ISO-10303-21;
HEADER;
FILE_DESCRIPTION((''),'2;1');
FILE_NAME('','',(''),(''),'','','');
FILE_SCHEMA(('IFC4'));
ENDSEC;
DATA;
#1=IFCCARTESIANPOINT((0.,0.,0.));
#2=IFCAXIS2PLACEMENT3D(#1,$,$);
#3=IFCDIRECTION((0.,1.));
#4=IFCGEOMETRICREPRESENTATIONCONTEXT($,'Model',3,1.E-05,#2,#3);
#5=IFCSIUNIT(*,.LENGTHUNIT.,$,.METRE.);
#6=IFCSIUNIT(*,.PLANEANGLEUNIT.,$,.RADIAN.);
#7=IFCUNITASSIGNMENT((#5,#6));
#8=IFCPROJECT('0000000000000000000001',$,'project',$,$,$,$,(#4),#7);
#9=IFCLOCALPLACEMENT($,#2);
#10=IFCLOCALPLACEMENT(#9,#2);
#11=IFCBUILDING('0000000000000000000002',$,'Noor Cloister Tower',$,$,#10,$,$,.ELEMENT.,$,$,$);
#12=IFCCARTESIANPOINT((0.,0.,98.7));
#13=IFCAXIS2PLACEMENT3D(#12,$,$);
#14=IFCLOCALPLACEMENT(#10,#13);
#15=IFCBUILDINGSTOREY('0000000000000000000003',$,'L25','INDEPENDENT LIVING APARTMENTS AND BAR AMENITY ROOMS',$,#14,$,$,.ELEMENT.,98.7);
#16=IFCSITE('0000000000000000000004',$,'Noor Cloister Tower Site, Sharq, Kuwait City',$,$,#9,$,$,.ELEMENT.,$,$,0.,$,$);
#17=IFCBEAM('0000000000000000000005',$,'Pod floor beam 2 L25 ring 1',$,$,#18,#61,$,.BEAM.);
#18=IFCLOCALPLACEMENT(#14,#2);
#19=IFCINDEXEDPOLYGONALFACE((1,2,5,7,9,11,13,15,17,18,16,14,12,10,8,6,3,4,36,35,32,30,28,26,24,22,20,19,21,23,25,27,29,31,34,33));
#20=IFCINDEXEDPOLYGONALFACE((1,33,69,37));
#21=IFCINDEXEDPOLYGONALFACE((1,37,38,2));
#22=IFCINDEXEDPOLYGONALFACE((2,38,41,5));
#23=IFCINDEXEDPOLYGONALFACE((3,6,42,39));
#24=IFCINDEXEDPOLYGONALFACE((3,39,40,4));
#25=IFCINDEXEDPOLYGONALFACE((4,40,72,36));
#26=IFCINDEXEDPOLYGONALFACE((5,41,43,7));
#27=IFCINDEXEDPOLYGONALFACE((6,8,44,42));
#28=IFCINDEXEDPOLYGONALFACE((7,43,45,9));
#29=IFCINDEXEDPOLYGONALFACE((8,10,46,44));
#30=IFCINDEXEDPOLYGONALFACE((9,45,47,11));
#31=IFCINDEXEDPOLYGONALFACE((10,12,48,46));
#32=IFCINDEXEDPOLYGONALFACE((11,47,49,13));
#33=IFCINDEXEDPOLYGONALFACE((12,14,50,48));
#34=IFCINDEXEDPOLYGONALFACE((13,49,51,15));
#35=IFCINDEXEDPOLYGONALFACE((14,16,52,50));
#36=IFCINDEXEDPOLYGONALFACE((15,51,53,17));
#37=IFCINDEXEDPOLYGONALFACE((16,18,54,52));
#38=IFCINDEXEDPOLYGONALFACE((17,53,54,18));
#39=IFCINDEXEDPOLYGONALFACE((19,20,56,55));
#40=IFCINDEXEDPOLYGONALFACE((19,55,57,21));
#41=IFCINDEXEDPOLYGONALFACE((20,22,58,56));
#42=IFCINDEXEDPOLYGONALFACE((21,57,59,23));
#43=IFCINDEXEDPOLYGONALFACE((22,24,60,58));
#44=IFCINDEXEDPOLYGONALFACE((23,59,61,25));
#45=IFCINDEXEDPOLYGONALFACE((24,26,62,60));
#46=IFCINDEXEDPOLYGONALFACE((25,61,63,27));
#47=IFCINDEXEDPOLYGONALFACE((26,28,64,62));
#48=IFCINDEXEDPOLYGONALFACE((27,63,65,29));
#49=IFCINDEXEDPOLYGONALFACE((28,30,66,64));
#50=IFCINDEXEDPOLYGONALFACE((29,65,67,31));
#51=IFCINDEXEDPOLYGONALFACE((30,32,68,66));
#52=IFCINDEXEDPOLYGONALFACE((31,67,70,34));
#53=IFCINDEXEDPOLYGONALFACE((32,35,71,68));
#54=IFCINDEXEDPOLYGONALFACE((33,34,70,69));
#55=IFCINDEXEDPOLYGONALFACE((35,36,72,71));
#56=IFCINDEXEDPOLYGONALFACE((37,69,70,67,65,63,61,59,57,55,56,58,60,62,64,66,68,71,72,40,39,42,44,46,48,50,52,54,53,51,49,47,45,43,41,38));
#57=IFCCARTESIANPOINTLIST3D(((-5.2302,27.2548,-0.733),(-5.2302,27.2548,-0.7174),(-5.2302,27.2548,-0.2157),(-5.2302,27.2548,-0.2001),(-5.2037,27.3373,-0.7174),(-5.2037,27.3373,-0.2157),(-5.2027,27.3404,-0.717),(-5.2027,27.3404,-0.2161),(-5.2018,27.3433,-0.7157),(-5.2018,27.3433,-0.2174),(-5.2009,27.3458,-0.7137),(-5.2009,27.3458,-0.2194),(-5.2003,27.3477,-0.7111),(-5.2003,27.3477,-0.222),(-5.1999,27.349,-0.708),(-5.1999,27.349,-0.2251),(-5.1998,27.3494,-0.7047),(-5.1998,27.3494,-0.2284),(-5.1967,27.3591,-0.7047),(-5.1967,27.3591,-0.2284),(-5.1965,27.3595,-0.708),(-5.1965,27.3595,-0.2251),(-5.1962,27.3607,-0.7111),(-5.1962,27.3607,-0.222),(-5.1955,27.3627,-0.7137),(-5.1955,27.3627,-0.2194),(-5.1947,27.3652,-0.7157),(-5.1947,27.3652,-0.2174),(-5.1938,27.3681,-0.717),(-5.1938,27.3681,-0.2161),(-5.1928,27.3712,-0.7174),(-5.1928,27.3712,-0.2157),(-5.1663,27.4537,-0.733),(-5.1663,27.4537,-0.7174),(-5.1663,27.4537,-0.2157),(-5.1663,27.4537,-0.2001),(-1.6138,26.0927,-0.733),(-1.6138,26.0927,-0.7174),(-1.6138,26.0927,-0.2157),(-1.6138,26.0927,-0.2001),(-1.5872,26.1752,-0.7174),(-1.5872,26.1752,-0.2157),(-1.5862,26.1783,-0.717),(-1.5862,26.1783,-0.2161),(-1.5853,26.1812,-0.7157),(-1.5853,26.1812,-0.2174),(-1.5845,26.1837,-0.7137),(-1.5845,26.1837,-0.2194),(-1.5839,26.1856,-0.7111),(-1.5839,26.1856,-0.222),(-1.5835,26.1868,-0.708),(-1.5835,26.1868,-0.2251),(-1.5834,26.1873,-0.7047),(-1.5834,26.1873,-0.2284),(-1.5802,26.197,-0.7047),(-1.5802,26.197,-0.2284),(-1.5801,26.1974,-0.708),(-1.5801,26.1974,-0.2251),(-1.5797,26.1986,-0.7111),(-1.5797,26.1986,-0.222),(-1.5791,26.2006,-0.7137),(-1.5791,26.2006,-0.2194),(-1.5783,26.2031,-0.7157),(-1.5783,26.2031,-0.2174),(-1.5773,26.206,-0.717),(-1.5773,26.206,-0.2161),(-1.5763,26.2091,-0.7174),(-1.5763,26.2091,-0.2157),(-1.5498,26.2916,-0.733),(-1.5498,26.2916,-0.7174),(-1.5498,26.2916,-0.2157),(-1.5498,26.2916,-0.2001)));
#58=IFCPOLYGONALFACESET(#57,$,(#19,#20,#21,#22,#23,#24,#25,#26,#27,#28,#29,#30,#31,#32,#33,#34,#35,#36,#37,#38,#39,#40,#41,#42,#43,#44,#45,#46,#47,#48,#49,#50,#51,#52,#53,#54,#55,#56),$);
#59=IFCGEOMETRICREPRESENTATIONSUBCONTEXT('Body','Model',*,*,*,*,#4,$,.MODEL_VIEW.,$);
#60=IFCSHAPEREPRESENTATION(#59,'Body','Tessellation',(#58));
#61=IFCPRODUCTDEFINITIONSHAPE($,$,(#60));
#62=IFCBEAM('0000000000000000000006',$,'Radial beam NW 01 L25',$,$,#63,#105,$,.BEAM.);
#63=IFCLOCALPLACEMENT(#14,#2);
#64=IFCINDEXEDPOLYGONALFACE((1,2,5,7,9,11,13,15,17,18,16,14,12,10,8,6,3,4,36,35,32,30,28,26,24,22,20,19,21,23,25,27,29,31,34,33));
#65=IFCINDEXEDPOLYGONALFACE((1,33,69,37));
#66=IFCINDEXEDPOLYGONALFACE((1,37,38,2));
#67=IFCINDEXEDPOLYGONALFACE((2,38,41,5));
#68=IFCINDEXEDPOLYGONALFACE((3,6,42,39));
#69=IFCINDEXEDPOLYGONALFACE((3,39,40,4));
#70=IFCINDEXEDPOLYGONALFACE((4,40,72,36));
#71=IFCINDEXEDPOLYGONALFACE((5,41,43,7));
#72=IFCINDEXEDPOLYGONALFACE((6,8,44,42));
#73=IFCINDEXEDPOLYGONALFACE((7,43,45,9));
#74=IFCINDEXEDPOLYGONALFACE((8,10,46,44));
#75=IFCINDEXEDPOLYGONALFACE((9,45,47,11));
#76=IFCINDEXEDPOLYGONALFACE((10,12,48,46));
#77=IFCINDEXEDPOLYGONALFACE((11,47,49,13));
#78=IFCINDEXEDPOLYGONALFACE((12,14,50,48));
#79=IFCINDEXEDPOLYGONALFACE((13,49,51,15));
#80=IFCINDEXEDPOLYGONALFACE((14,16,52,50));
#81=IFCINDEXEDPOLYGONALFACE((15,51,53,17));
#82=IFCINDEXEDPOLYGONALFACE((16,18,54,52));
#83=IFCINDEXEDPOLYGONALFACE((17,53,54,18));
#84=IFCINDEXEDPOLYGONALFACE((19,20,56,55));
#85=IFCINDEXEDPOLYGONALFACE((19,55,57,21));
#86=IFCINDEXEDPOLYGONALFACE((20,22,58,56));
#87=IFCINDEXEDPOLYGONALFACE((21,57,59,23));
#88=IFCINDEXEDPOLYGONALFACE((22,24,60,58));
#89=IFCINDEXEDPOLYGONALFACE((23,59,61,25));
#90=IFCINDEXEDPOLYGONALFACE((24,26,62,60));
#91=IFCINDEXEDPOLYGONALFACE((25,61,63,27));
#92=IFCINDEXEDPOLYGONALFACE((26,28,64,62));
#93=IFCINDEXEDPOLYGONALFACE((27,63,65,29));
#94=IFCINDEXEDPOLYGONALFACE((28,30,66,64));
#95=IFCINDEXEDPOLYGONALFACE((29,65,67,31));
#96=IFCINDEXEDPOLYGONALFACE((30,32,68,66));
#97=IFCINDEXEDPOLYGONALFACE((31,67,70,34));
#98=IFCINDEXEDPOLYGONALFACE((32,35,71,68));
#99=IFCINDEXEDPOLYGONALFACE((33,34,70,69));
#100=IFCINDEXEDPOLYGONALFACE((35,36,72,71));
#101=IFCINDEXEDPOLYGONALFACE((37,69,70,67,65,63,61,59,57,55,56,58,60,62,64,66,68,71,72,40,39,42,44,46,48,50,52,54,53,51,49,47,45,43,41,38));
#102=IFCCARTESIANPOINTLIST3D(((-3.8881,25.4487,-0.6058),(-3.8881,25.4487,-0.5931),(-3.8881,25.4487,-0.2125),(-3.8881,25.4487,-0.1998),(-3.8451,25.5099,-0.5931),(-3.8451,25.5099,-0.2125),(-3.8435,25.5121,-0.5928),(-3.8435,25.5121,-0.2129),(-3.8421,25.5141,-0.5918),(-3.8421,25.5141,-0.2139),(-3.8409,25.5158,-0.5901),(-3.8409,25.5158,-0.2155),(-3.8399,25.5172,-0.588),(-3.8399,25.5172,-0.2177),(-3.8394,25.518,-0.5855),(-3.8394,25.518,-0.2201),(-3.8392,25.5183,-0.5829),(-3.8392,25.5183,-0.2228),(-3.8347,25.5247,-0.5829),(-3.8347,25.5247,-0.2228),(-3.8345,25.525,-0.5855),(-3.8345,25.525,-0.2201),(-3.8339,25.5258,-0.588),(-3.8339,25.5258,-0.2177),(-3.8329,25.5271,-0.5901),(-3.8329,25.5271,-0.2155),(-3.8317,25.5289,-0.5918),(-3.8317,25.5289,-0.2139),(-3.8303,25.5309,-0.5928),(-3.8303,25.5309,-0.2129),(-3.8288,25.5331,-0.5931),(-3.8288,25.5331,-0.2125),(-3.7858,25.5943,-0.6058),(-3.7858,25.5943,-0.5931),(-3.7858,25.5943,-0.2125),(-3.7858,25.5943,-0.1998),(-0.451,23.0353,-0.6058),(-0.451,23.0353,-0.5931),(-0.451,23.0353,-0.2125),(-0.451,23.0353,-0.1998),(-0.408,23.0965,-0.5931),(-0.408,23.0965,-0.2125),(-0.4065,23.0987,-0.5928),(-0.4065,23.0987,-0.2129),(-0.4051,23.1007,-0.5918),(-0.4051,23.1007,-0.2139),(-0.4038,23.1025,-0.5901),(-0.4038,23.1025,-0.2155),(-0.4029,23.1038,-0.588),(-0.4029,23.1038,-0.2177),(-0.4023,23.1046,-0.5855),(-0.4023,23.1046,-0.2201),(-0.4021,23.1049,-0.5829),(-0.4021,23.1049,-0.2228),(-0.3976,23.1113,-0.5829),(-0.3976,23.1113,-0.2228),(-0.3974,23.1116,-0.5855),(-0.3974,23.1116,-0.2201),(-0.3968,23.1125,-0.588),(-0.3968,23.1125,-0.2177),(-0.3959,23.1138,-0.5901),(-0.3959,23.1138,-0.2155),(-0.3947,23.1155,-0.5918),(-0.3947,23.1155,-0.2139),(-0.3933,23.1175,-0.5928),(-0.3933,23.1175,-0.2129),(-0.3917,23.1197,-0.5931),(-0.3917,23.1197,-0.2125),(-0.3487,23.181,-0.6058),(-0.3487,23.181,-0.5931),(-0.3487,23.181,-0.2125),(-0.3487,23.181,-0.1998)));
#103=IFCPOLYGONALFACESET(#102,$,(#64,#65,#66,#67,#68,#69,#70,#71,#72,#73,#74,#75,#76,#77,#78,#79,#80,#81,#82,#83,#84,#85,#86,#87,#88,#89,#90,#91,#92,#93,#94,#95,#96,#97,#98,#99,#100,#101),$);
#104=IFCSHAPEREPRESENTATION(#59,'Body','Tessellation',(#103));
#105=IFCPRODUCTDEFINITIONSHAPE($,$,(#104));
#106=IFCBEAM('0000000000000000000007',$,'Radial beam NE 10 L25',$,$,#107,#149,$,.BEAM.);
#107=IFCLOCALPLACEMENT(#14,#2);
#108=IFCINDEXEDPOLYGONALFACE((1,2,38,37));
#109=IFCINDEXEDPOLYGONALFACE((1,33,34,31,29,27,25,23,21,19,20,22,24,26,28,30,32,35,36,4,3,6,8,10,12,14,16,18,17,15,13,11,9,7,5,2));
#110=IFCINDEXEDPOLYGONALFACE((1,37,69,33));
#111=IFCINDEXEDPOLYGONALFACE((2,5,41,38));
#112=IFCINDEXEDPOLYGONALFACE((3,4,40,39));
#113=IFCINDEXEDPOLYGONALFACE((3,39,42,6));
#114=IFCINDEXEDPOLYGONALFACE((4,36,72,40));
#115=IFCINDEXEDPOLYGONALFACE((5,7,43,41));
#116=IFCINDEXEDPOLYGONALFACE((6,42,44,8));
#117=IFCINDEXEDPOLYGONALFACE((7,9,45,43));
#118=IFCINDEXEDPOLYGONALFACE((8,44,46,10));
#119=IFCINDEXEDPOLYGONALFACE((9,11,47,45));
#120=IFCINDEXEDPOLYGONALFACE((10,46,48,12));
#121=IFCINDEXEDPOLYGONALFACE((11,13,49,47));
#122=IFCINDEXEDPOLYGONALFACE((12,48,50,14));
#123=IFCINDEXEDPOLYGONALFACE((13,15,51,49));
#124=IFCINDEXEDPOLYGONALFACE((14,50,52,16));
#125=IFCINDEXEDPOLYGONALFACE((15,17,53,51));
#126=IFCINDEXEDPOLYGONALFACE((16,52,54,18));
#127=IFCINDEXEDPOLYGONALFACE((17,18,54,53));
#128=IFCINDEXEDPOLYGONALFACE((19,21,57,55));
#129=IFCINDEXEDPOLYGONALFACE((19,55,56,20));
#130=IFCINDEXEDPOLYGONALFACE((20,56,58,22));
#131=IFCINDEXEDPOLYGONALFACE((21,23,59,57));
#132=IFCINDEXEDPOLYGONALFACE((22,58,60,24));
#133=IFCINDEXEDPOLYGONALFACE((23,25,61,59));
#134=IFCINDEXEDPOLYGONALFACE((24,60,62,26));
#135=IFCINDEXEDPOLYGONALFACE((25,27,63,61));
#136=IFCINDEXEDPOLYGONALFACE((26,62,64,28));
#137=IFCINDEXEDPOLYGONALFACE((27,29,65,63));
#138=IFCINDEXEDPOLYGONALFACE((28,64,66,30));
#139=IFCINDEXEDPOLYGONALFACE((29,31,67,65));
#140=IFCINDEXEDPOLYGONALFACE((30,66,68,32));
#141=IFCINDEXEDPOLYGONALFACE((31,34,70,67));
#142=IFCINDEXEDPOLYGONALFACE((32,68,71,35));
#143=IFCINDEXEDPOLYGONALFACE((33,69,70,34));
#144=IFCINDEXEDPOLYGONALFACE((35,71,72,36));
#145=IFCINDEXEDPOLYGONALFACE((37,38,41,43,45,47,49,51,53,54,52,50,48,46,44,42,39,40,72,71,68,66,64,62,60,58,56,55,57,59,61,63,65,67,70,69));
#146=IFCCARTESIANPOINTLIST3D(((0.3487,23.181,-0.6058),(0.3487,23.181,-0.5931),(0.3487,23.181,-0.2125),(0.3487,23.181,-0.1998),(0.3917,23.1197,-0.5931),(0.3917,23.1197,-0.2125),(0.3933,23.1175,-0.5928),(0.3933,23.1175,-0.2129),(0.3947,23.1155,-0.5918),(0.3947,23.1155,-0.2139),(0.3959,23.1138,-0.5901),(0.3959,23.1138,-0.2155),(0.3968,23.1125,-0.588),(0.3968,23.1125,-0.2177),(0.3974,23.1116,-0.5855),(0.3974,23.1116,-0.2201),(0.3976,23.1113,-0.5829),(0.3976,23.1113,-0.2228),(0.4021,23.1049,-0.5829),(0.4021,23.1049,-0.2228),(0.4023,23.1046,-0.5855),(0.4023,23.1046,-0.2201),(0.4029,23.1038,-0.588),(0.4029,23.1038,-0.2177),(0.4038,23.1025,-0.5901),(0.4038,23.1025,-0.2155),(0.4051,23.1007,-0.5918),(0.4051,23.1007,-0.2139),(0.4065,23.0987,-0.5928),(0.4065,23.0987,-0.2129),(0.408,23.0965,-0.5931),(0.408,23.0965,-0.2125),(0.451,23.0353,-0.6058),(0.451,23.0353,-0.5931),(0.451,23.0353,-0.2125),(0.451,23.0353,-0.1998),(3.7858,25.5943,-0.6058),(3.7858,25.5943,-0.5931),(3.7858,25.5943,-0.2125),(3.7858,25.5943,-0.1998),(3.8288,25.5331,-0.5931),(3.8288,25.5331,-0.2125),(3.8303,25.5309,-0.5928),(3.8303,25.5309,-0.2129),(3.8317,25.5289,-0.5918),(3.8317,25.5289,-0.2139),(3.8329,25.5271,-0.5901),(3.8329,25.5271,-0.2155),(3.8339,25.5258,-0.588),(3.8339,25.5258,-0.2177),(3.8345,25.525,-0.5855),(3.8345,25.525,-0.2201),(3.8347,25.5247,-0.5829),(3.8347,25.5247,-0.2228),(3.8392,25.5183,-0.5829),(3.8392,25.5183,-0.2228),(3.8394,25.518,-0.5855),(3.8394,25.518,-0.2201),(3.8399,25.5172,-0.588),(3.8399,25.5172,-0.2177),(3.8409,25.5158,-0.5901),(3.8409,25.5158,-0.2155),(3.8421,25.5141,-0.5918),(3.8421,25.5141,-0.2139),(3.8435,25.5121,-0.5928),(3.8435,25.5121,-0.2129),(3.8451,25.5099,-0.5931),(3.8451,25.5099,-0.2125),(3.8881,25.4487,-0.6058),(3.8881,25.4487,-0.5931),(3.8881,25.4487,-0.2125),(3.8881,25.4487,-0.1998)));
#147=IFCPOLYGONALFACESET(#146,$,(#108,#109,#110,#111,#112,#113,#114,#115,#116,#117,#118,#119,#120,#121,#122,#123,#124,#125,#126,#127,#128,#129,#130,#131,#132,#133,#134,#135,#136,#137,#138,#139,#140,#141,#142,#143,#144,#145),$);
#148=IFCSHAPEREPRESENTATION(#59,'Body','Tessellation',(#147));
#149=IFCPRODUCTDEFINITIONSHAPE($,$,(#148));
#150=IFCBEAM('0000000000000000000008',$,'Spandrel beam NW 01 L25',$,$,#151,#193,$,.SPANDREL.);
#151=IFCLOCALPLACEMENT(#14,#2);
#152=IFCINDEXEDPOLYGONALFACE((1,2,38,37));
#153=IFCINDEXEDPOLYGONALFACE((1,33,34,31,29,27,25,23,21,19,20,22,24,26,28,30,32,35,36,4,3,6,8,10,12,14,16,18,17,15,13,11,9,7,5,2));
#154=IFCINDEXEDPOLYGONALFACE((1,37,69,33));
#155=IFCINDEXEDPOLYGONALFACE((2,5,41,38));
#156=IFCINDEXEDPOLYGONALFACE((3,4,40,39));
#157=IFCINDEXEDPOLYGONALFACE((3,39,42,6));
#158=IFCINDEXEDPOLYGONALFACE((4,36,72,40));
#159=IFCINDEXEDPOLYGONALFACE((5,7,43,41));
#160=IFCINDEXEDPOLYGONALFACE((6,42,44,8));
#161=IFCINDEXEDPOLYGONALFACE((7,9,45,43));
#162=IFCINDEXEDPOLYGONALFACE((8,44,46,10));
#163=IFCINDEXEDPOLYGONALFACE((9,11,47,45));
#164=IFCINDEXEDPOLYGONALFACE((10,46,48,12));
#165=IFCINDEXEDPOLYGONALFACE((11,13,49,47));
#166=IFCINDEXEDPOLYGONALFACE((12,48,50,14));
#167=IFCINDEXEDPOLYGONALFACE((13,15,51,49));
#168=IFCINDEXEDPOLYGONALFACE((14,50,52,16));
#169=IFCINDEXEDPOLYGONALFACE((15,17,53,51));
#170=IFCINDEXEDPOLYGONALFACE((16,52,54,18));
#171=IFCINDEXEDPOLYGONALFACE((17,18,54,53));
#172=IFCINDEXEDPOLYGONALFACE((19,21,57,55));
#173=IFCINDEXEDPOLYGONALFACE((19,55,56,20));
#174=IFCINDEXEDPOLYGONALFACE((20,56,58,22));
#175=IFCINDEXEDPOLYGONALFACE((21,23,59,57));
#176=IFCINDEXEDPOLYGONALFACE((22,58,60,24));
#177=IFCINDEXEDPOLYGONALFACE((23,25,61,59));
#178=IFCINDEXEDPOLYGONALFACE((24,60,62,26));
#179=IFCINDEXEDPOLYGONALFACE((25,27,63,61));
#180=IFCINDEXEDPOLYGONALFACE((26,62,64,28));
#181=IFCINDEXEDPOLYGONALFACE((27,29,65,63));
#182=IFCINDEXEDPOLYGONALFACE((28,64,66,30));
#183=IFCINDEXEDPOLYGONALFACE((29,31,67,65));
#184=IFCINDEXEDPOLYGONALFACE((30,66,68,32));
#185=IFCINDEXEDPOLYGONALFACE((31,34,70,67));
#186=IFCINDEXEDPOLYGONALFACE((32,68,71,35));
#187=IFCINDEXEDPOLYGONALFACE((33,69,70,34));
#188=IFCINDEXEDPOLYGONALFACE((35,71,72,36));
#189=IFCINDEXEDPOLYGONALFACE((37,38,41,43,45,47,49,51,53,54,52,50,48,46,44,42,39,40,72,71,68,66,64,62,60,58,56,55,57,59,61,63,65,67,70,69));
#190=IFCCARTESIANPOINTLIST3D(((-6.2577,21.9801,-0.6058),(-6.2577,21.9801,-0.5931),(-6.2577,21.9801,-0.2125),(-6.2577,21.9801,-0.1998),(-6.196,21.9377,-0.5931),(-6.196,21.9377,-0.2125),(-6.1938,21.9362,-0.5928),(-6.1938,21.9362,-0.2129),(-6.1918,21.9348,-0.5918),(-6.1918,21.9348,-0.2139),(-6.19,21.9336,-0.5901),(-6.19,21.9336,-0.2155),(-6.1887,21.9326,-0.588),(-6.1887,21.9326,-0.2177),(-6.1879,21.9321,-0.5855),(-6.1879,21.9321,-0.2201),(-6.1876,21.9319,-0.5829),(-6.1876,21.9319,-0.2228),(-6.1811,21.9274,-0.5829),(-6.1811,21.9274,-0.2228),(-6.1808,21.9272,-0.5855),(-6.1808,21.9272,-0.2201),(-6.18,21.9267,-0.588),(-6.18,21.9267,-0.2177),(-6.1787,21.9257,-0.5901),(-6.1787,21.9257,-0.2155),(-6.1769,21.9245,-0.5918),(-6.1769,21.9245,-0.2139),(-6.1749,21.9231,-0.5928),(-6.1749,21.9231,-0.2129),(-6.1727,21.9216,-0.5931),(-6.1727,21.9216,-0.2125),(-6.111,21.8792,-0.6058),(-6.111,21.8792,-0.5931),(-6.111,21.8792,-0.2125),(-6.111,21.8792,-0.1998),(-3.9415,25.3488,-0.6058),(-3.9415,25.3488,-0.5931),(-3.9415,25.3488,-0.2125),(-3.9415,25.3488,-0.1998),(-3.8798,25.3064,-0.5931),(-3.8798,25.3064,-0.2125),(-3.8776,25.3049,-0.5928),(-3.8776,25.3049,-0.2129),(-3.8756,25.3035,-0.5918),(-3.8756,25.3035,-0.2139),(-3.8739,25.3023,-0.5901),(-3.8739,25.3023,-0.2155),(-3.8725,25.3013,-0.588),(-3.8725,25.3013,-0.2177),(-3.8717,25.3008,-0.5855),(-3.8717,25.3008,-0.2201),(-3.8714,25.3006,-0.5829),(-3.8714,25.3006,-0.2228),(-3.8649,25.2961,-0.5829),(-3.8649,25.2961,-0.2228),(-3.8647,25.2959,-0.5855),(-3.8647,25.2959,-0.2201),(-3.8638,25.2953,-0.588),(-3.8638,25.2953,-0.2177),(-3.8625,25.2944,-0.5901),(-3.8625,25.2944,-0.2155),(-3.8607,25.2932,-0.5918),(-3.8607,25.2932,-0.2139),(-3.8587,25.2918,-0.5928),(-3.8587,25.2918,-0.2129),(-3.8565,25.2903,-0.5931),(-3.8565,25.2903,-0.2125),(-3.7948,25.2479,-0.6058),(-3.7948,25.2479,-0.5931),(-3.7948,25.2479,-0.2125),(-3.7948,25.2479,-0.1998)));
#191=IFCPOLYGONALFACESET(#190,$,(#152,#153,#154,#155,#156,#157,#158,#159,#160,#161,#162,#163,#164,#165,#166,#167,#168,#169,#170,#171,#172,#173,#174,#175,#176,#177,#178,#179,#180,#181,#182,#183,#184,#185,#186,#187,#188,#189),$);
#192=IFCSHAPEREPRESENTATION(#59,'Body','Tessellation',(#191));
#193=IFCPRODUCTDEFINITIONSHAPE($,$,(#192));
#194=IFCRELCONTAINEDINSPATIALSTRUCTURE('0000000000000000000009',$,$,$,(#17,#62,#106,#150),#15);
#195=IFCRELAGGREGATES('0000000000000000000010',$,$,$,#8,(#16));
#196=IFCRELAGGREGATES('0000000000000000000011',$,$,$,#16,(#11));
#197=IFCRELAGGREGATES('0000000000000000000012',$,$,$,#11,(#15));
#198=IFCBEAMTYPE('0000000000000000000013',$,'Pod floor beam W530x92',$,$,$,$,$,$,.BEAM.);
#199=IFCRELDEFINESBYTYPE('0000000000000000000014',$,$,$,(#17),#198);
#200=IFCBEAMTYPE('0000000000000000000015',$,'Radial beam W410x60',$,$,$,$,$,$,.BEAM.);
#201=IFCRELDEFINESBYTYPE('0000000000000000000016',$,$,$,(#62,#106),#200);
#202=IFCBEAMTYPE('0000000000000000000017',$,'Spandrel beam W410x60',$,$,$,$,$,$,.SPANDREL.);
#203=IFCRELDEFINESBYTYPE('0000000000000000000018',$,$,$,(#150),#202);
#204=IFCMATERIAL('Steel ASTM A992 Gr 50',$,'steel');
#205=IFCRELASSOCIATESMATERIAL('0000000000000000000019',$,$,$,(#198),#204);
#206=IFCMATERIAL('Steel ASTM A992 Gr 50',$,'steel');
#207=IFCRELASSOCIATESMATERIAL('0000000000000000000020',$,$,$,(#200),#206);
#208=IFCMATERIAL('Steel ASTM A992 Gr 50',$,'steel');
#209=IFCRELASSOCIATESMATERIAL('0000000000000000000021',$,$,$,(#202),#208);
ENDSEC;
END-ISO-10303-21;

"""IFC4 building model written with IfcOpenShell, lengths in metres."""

from ifc_helpers import new_model, si_unit, direction, frame, origin, origin_2d, place, context, subcontext, project, spatial, i_section, extrude, material, material_profile, profile_set, type_object, element, save


model = new_model("IFC4")

# Units and contexts
model_context = context("Model", 3, precision=1e-05, world=origin(), true_north=direction((0.0, 1.0)))
body_context = subcontext(model_context, "Body", "Model", "MODEL_VIEW")
ifc_project = project(units=[si_unit("LENGTHUNIT", "METRE"), si_unit("PLANEANGLEUNIT", "RADIAN")], contexts=[model_context])

# Site, building, storey
site_placement = place(None, origin())
site = spatial("IfcSite", under=ifc_project, at=site_placement, Name="Noor Cloister Tower Site, Sharq, Kuwait City", CompositionType="ELEMENT", RefElevation=0.0)
building_placement = place(site_placement, origin())
building = spatial("IfcBuilding", under=site, at=building_placement, Name="Noor Cloister Tower", CompositionType="ELEMENT")
storey_placement = place(building_placement, frame((0.0, 0.0, 98.7)))
storey = spatial("IfcBuildingStorey", under=building, at=storey_placement, Name="L25", Description="INDEPENDENT LIVING APARTMENTS AND BAR AMENITY ROOMS", CompositionType="ELEMENT", Elevation=98.7)

# Beams
ifc_material_1 = material(Name="Steel ASTM A992 Gr 50", Category="steel")
ifc_material_profile_1 = material_profile(ifc_material_1, i_section(OverallWidth=0.209, OverallDepth=0.533, WebThickness=0.0103, FlangeThickness=0.0156, FilletRadius=0.0127, at=origin_2d()), Name="W530x92")
ifc_profile_set_1 = profile_set([ifc_material_profile_1], Name="Steel ASTM A992 Gr 50")
beam_type_1 = type_object("IfcBeamType", Name="Pod floor beam W530x92", PredefinedType="BEAM", material=ifc_profile_set_1)
beam_1_placement = place(storey_placement, frame((-1.5818, 26.1921, -0.4666), z_axis=(-0.952053, 0.305932, 0.0), x_axis=(-0.305932, -0.952053, 0.0)))
element("IfcBeam", 1, at=beam_1_placement, inside=storey, type_object=beam_type_1, Name="Pod floor beam 2 L25 ring 1", PredefinedType="BEAM", context=body_context, shape_type="SweptSolid", body=[
    extrude(i_section(OverallWidth=0.209, OverallDepth=0.533, WebThickness=0.0103, FlangeThickness=0.0156, FilletRadius=0.0127, at=origin_2d()), origin(), (0.0, 0.0, 1.0), 3.7986),
])
ifc_material_2 = material(Name="Steel ASTM A992 Gr 50", Category="steel")
ifc_material_profile_2 = material_profile(ifc_material_2, i_section(OverallWidth=0.178, OverallDepth=0.406, WebThickness=0.0078, FlangeThickness=0.0127, FilletRadius=0.0103, at=origin_2d()), Name="W410x60")
ifc_profile_set_2 = profile_set([ifc_material_profile_2], Name="Steel ASTM A992 Gr 50")
beam_type_2 = type_object("IfcBeamType", Name="Radial beam W410x60", PredefinedType="BEAM", material=ifc_profile_set_2)
for number, where, z_axis, x_axis, name in (
    (2, (-3.8369, 25.5215, -0.4028), (0.818401, -0.574648, 0.0), (0.574648, 0.818401, 0.0), "Radial beam NW 01 L25"),
    (3, (3.8369, 25.5215, -0.4028), (-0.818401, -0.574648, 0.0), (0.574648, -0.818401, 0.0), "Radial beam NE 10 L25"),
):
    element("IfcBeam", number, at=place(storey_placement, frame(where, z_axis=z_axis, x_axis=x_axis)), inside=storey, type_object=beam_type_2, Name=name, PredefinedType="BEAM", context=body_context, shape_type="SweptSolid", body=[
        extrude(i_section(OverallWidth=0.178, OverallDepth=0.406, WebThickness=0.0078, FlangeThickness=0.0127, FilletRadius=0.0103, at=origin_2d()), origin(), (0.0, 0.0, 1.0), 4.1997),
    ])
ifc_material_3 = material(Name="Steel ASTM A992 Gr 50", Category="steel")
ifc_material_profile_3 = material_profile(ifc_material_3, i_section(OverallWidth=0.178, OverallDepth=0.406, WebThickness=0.0078, FlangeThickness=0.0127, FilletRadius=0.0103, at=origin_2d()), Name="W410x60")
ifc_profile_set_3 = profile_set([ifc_material_profile_3], Name="Steel ASTM A992 Gr 50")
beam_type_3 = type_object("IfcBeamType", Name="Spandrel beam W410x60", PredefinedType="SPANDREL", material=ifc_profile_set_3)
beam_2_placement = place(storey_placement, frame((-3.8682, 25.2983, -0.4028), z_axis=(-0.566564, -0.824018, 0.0), x_axis=(0.824018, -0.566564, 0.0)))
element("IfcBeam", 4, at=beam_2_placement, inside=storey, type_object=beam_type_3, Name="Spandrel beam NW 01 L25", PredefinedType="SPANDREL", context=body_context, shape_type="SweptSolid", body=[
    extrude(i_section(OverallWidth=0.178, OverallDepth=0.406, WebThickness=0.0078, FlangeThickness=0.0127, FilletRadius=0.0103, at=origin_2d()), origin(), (0.0, 0.0, 1.0), 4.0881),
])

save(model, "model.ifc")
